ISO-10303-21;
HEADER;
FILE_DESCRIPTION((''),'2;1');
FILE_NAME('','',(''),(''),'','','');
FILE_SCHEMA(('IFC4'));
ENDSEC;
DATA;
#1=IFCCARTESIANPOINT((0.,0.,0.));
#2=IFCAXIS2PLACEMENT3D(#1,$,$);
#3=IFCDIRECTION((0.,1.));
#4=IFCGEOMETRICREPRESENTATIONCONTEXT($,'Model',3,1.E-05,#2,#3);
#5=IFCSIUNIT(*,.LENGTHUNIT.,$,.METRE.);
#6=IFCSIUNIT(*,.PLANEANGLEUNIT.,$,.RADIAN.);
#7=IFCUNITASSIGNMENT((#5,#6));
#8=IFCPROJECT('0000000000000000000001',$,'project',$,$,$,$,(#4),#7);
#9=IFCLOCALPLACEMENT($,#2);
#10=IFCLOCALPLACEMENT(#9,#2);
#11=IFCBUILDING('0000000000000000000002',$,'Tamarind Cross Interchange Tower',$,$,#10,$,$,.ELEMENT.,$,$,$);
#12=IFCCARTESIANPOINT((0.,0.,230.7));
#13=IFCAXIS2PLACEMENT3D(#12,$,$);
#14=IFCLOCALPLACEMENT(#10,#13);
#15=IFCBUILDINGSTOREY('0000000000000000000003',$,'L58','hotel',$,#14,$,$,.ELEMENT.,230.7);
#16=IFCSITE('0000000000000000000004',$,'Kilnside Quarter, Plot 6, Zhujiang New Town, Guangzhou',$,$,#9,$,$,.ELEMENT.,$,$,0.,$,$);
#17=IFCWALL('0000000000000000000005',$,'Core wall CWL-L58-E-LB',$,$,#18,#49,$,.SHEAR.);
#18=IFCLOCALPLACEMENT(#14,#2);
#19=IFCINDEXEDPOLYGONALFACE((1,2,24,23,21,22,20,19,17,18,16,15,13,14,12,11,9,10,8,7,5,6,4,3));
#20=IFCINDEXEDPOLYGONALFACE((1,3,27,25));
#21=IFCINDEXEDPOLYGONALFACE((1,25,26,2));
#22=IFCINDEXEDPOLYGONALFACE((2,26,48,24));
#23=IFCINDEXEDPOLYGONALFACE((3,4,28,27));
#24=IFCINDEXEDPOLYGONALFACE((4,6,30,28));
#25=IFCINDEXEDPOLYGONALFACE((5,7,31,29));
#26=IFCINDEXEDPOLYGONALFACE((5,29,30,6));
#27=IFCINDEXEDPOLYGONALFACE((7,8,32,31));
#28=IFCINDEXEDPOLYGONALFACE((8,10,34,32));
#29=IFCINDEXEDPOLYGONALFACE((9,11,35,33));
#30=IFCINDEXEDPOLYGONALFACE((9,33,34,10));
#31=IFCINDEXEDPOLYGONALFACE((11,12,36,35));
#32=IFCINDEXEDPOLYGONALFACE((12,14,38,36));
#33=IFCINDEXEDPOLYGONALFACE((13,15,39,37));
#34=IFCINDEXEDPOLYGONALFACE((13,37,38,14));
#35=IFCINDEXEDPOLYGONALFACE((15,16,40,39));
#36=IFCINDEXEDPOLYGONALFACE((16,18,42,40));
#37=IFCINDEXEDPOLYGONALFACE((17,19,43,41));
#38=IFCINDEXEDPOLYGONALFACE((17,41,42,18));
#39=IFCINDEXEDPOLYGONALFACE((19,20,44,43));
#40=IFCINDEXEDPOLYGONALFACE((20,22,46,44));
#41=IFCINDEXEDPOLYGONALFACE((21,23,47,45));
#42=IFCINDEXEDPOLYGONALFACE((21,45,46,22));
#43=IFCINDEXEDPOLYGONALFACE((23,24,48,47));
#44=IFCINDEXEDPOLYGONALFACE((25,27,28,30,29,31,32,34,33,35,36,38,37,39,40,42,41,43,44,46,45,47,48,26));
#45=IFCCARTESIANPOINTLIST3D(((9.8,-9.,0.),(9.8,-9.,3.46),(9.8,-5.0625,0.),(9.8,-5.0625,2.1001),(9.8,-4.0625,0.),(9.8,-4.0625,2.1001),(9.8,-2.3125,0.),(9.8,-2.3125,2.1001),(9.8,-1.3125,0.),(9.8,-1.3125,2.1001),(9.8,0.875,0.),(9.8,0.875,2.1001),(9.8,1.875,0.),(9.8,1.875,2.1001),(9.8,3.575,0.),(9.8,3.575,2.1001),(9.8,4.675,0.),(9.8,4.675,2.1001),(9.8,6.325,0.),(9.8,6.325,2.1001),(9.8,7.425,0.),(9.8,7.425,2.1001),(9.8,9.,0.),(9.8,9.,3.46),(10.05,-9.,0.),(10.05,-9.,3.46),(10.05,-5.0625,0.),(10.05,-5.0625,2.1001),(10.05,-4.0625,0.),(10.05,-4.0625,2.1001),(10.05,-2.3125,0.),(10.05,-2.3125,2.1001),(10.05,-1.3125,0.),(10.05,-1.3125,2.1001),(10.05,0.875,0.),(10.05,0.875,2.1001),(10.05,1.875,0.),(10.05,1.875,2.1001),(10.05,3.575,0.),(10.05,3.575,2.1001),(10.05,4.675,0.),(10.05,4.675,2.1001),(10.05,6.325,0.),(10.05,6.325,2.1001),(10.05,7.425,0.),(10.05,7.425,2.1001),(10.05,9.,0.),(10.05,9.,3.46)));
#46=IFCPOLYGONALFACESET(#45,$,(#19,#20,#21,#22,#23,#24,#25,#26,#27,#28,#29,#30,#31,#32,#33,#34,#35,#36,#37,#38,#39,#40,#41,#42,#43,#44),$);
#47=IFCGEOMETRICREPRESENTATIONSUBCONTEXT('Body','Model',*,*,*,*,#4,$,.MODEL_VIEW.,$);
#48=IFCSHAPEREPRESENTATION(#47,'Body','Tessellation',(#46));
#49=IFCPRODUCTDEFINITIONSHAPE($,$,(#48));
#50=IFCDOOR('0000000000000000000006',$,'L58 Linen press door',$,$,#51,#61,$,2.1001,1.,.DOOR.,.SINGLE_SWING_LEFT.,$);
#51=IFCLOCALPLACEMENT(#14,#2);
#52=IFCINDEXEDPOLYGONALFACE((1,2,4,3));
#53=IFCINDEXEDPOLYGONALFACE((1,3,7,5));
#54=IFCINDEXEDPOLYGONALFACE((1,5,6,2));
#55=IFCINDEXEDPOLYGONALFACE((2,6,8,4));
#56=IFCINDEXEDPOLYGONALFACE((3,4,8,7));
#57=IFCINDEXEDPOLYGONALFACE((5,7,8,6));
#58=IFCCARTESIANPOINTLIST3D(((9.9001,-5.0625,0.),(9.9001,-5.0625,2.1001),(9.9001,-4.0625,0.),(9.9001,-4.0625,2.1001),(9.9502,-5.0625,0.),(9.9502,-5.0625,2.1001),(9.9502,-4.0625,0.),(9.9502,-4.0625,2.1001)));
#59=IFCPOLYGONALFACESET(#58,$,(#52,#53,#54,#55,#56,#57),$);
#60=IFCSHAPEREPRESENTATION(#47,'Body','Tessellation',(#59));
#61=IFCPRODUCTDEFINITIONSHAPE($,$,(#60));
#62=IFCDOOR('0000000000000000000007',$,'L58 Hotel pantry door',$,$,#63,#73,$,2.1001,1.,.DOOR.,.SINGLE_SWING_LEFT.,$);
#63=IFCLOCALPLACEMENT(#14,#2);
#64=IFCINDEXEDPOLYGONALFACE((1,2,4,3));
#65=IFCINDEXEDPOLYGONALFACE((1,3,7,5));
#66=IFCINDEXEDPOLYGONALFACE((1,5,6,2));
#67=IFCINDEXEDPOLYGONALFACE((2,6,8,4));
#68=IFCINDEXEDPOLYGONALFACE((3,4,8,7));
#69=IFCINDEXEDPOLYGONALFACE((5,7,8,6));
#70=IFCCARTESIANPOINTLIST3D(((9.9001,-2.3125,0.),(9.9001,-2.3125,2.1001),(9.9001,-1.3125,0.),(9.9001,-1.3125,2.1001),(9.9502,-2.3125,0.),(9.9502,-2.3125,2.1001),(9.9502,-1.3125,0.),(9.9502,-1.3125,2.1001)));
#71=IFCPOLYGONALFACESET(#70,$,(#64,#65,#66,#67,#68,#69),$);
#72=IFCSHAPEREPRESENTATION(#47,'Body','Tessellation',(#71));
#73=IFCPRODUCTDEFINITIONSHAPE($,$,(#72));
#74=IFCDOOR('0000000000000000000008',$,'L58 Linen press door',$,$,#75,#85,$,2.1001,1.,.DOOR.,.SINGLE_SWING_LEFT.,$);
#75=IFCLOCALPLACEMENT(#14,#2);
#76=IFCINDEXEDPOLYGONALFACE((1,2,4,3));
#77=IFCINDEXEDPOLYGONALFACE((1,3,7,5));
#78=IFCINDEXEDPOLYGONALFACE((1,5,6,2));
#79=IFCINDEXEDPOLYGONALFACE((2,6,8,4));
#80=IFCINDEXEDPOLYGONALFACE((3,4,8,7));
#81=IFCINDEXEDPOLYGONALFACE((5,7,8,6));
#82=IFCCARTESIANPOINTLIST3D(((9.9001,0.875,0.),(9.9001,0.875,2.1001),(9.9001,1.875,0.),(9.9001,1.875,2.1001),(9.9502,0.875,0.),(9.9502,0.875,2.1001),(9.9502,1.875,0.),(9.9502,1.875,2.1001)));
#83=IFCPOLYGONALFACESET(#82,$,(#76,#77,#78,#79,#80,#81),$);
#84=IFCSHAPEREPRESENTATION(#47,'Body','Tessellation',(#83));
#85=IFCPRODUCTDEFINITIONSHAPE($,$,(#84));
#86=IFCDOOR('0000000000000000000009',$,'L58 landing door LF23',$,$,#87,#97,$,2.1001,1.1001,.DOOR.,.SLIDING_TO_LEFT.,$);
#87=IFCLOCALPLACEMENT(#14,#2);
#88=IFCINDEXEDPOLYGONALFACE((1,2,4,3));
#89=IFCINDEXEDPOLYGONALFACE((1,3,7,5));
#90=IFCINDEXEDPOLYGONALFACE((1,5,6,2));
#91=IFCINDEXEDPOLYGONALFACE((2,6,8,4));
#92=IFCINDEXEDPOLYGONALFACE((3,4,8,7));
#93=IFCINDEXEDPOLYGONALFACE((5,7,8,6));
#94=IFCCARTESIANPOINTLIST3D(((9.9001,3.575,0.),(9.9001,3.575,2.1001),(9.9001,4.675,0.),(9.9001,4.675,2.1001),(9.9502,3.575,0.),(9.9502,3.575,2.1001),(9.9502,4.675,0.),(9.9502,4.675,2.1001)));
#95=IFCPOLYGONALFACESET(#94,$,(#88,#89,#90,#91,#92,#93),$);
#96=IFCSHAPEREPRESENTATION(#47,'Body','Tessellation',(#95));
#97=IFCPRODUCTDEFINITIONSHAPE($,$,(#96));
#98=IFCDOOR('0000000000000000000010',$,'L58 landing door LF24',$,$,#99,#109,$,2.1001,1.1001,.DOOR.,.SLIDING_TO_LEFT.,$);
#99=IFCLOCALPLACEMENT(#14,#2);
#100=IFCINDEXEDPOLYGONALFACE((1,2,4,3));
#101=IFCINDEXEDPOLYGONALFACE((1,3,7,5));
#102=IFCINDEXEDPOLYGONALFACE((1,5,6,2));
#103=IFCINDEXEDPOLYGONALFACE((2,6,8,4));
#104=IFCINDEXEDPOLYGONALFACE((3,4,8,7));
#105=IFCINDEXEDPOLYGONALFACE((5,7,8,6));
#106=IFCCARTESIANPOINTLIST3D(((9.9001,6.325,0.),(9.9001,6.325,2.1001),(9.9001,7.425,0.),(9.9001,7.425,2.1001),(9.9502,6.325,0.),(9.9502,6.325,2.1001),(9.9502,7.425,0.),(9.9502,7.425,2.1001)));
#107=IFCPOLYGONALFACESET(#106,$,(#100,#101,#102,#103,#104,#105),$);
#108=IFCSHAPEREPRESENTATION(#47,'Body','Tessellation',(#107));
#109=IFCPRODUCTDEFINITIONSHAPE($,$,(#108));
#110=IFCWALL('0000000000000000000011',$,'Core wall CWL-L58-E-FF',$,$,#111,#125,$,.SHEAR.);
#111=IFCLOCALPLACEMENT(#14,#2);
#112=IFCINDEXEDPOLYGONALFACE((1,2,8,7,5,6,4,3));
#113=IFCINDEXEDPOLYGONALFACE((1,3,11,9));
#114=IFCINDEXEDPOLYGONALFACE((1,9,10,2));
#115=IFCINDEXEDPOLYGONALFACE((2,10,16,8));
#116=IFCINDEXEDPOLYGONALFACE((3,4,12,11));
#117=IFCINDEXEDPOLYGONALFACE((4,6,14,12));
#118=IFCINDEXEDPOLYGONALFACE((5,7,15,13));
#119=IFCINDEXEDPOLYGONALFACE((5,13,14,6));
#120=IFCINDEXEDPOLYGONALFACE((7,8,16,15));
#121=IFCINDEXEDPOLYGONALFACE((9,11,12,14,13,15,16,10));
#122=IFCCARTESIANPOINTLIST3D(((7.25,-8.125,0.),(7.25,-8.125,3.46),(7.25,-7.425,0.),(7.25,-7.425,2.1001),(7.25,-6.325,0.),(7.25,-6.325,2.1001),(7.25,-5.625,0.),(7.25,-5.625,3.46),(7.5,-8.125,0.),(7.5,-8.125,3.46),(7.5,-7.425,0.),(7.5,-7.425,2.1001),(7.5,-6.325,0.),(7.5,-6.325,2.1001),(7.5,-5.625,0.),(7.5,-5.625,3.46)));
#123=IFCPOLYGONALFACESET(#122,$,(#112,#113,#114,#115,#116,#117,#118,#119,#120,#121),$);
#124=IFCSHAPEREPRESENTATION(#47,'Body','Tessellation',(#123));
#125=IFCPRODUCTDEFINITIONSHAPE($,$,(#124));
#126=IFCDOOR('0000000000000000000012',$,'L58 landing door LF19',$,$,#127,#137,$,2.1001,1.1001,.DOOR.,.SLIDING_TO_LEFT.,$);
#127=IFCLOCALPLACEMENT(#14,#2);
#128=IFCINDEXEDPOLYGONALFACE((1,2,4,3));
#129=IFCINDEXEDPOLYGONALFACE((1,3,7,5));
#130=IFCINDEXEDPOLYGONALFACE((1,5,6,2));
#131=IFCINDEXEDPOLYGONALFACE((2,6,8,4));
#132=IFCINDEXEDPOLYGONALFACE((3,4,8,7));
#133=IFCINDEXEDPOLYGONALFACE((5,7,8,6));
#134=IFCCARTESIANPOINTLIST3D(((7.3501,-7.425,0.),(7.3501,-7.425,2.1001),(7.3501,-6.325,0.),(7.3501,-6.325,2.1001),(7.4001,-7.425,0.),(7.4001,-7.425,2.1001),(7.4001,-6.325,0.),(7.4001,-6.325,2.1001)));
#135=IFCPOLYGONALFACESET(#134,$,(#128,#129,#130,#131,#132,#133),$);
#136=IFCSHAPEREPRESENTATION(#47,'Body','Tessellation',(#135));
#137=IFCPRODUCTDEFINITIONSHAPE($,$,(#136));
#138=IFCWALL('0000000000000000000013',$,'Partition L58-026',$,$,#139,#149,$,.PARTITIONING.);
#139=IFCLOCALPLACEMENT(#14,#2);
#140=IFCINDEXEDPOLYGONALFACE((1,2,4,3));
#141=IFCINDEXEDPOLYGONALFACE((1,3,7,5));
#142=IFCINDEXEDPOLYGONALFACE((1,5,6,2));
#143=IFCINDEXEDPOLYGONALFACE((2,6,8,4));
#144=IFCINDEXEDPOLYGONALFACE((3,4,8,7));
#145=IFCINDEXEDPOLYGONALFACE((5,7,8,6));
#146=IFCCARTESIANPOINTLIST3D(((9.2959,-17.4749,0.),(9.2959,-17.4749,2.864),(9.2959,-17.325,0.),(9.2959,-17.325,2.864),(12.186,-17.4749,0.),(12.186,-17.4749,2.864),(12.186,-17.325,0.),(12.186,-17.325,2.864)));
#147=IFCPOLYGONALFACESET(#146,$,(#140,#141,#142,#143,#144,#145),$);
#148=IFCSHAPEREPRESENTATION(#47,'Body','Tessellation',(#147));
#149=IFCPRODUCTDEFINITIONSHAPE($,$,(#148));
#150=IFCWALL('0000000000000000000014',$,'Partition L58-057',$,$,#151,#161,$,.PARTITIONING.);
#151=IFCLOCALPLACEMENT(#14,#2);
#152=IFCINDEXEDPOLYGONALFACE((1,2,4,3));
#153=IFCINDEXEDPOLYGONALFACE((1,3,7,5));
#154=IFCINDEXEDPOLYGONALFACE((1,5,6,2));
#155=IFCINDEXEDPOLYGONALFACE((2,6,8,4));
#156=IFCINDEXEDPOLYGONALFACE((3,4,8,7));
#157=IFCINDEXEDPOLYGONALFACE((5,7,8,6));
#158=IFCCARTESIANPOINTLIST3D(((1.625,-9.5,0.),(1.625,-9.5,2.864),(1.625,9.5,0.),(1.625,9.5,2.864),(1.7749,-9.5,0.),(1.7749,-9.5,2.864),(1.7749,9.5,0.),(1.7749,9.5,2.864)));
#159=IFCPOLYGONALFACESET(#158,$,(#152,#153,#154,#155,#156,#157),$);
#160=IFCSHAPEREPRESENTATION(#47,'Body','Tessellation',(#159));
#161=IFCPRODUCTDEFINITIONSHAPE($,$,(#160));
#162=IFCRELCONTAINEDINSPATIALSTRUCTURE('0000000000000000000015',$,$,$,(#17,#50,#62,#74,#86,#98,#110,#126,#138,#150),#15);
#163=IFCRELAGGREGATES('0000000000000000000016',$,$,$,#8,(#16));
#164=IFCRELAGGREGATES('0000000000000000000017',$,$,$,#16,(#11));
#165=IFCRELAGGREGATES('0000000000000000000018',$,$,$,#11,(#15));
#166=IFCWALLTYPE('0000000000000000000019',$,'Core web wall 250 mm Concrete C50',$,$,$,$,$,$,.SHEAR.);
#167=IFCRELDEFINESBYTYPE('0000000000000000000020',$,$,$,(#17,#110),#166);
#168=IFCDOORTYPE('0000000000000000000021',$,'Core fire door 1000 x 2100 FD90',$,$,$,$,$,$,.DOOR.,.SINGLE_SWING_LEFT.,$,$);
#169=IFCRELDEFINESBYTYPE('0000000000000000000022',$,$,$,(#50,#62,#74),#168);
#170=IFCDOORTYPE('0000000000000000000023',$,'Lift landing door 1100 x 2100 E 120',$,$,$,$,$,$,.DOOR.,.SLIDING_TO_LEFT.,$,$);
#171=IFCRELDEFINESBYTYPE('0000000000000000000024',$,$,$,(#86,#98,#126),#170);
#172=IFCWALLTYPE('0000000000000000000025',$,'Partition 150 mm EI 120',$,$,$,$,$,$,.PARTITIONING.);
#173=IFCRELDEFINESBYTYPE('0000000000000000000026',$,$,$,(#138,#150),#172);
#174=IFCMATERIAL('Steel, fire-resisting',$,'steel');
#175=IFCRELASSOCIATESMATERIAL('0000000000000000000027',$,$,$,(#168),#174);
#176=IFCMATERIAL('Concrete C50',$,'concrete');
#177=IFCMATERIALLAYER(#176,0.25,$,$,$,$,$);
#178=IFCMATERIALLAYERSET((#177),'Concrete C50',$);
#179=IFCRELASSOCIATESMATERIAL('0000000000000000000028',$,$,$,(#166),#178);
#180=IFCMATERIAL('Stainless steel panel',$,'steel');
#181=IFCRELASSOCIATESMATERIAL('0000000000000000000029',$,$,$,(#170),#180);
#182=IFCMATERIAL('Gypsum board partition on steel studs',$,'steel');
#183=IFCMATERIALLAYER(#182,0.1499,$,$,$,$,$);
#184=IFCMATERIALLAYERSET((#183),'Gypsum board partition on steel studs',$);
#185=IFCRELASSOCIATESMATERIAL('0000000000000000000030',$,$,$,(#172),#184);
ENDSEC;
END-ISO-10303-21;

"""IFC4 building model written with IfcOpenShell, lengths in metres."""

from ifc_helpers import new_model, si_unit, direction, frame, frame_2d, origin, place, context, subcontext, project, spatial, rectangle, extrude, material, layer, layer_set, type_object, element, fill, save


model = new_model("IFC4")

# Units and contexts
model_context = context("Model", 3, precision=1e-05, world=origin(), true_north=direction((0.0, 1.0)))
body_context = subcontext(model_context, "Body", "Model", "MODEL_VIEW")
ifc_project = project(units=[si_unit("LENGTHUNIT", "METRE"), si_unit("PLANEANGLEUNIT", "RADIAN")], contexts=[model_context])

# Site, building, storey
site_placement = place(None, origin())
site = spatial("IfcSite", under=ifc_project, at=site_placement, Name="Kilnside Quarter, Plot 6, Zhujiang New Town, Guangzhou", CompositionType="ELEMENT", RefElevation=0.0)
building_placement = place(site_placement, origin())
building = spatial("IfcBuilding", under=site, at=building_placement, Name="Tamarind Cross Interchange Tower", CompositionType="ELEMENT")
storey_placement = place(building_placement, frame((0.0, 0.0, 230.7)))
storey = spatial("IfcBuildingStorey", under=building, at=storey_placement, Name="L58", Description="hotel", CompositionType="ELEMENT", Elevation=230.7)

# Shared definitions
ifc_material_1 = material(Name="Concrete C50", Category="concrete")
ifc_material_2 = material(Name="Steel, fire-resisting", Category="steel")
door_type_1 = type_object("IfcDoorType", Name="Core fire door 1000 x 2100 FD90", OperationType="SINGLE_SWING_LEFT", PredefinedType="DOOR", material=ifc_material_2)

# Shared definitions
ifc_layer_1 = layer(ifc_material_1, 0.25)
ifc_layer_set_1 = layer_set([ifc_layer_1], Name="Concrete C50")
wall_type_1 = type_object("IfcWallType", Name="Core web wall 250 mm Concrete C50", PredefinedType="SHEAR", material=ifc_layer_set_1)

# Wall, openings, doors
wall_1_placement = place(storey_placement, frame((9.925, -9.0, 0.0), z_axis=(0.0, 0.0, 1.0), x_axis=(0.0, 1.0, 0.0)))
wall_1 = element("IfcWall", 1, at=wall_1_placement, inside=storey, type_object=wall_type_1, Name="Core wall CWL-L58-E-LB", PredefinedType="SHEAR", context=body_context, shape_type="SweptSolid", body=[
    extrude(rectangle(XDim=18.0, YDim=0.25, at=frame_2d((9.0, 0.0))), origin(), (0.0, 0.0, 1.0), 3.46),
])
opening_1_placement = place(wall_1_placement, frame((12.575, 0.0, 0.0)))
opening_1 = element("IfcOpeningElement", 2, at=opening_1_placement, cuts=wall_1, PredefinedType="OPENING", context=body_context, shape_type="SweptSolid", body=[
    extrude(rectangle(XDim=1.1001, YDim=2.1001, at=frame_2d((0.55, 1.05))), frame((0.0, 0.135, 0.0), z_axis=(0.0, -1.0, 0.0), x_axis=(1.0, 0.0, 0.0)), (0.0, 0.0, 1.0), 0.27),
])
opening_2_placement = place(wall_1_placement, frame((15.325, 0.0, 0.0)))
opening_2 = element("IfcOpeningElement", 3, at=opening_2_placement, cuts=wall_1, PredefinedType="OPENING", context=body_context, shape_type="SweptSolid", body=[
    extrude(rectangle(XDim=1.1001, YDim=2.1001, at=frame_2d((0.55, 1.05))), frame((0.0, 0.135, 0.0), z_axis=(0.0, -1.0, 0.0), x_axis=(1.0, 0.0, 0.0)), (0.0, 0.0, 1.0), 0.27),
])
opening_3_placement = place(wall_1_placement, frame((3.9375, 0.0, 0.0)))
opening_3 = element("IfcOpeningElement", 4, at=opening_3_placement, cuts=wall_1, PredefinedType="OPENING", context=body_context, shape_type="SweptSolid", body=[
    extrude(rectangle(XDim=1.0, YDim=2.1001, at=frame_2d((0.5, 1.05))), frame((0.0, 0.135, 0.0), z_axis=(0.0, -1.0, 0.0), x_axis=(1.0, 0.0, 0.0)), (0.0, 0.0, 1.0), 0.27),
])
opening_4_placement = place(wall_1_placement, frame((6.6875, 0.0, 0.0)))
opening_4 = element("IfcOpeningElement", 5, at=opening_4_placement, cuts=wall_1, PredefinedType="OPENING", context=body_context, shape_type="SweptSolid", body=[
    extrude(rectangle(XDim=1.0, YDim=2.1001, at=frame_2d((0.5, 1.05))), frame((0.0, 0.135, 0.0), z_axis=(0.0, -1.0, 0.0), x_axis=(1.0, 0.0, 0.0)), (0.0, 0.0, 1.0), 0.27),
])
opening_5_placement = place(wall_1_placement, frame((9.875, 0.0, 0.0)))
opening_5 = element("IfcOpeningElement", 6, at=opening_5_placement, cuts=wall_1, PredefinedType="OPENING", context=body_context, shape_type="SweptSolid", body=[
    extrude(rectangle(XDim=1.0, YDim=2.1001, at=frame_2d((0.5, 1.05))), frame((0.0, 0.135, 0.0), z_axis=(0.0, -1.0, 0.0), x_axis=(1.0, 0.0, 0.0)), (0.0, 0.0, 1.0), 0.27),
])
door_1_placement = place(opening_3_placement, origin())
door_1 = element("IfcDoor", 7, at=door_1_placement, inside=storey, type_object=door_type_1, Name="L58 Linen press door", OperationType="SINGLE_SWING_LEFT", OverallHeight=2.1001, OverallWidth=1.0, PredefinedType="DOOR", context=body_context, shape_type="SweptSolid", body=[
    extrude(rectangle(XDim=1.0, YDim=2.1001, at=frame_2d((0.5, 1.05))), frame((0.0, 0.0249, 0.0), z_axis=(0.0, -1.0, 0.0), x_axis=(1.0, 0.0, 0.0)), (0.0, 0.0, 1.0), 0.05),
])
fill(opening_3, door_1)
door_2_placement = place(opening_4_placement, origin())
door_2 = element("IfcDoor", 8, at=door_2_placement, inside=storey, type_object=door_type_1, Name="L58 Hotel pantry door", OperationType="SINGLE_SWING_LEFT", OverallHeight=2.1001, OverallWidth=1.0, PredefinedType="DOOR", context=body_context, shape_type="SweptSolid", body=[
    extrude(rectangle(XDim=1.0, YDim=2.1001, at=frame_2d((0.5, 1.05))), frame((0.0, 0.0249, 0.0), z_axis=(0.0, -1.0, 0.0), x_axis=(1.0, 0.0, 0.0)), (0.0, 0.0, 1.0), 0.05),
])
fill(opening_4, door_2)
door_3_placement = place(opening_5_placement, origin())
door_3 = element("IfcDoor", 9, at=door_3_placement, inside=storey, type_object=door_type_1, Name="L58 Linen press door", OperationType="SINGLE_SWING_LEFT", OverallHeight=2.1001, OverallWidth=1.0, PredefinedType="DOOR", context=body_context, shape_type="SweptSolid", body=[
    extrude(rectangle(XDim=1.0, YDim=2.1001, at=frame_2d((0.5, 1.05))), frame((0.0, 0.0249, 0.0), z_axis=(0.0, -1.0, 0.0), x_axis=(1.0, 0.0, 0.0)), (0.0, 0.0, 1.0), 0.05),
])
fill(opening_5, door_3)
ifc_material_3 = material(Name="Stainless steel panel", Category="steel")
door_type_2 = type_object("IfcDoorType", Name="Lift landing door 1100 x 2100 E 120", OperationType="SLIDING_TO_LEFT", PredefinedType="DOOR", material=ifc_material_3)
door_4_placement = place(opening_1_placement, origin())
door_4 = element("IfcDoor", 10, at=door_4_placement, inside=storey, type_object=door_type_2, Name="L58 landing door LF23", OperationType="SLIDING_TO_LEFT", OverallHeight=2.1001, OverallWidth=1.1001, PredefinedType="DOOR", context=body_context, shape_type="SweptSolid", body=[
    extrude(rectangle(XDim=1.1001, YDim=2.1001, at=frame_2d((0.55, 1.05))), frame((0.0, 0.0249, 0.0), z_axis=(0.0, -1.0, 0.0), x_axis=(1.0, 0.0, 0.0)), (0.0, 0.0, 1.0), 0.05),
])
fill(opening_1, door_4)
door_5_placement = place(opening_2_placement, origin())
door_5 = element("IfcDoor", 11, at=door_5_placement, inside=storey, type_object=door_type_2, Name="L58 landing door LF24", OperationType="SLIDING_TO_LEFT", OverallHeight=2.1001, OverallWidth=1.1001, PredefinedType="DOOR", context=body_context, shape_type="SweptSolid", body=[
    extrude(rectangle(XDim=1.1001, YDim=2.1001, at=frame_2d((0.55, 1.05))), frame((0.0, 0.0249, 0.0), z_axis=(0.0, -1.0, 0.0), x_axis=(1.0, 0.0, 0.0)), (0.0, 0.0, 1.0), 0.05),
])
fill(opening_2, door_5)

# Wall, opening, door
wall_2_placement = place(storey_placement, frame((7.375, -8.125, 0.0), z_axis=(0.0, 0.0, 1.0), x_axis=(0.0, 1.0, 0.0)))
wall_2 = element("IfcWall", 12, at=wall_2_placement, inside=storey, type_object=wall_type_1, Name="Core wall CWL-L58-E-FF", PredefinedType="SHEAR", context=body_context, shape_type="SweptSolid", body=[
    extrude(rectangle(XDim=2.5, YDim=0.25, at=frame_2d((1.25, 0.0))), origin(), (0.0, 0.0, 1.0), 3.46),
])
opening_6_placement = place(wall_2_placement, frame((0.7, 0.0, 0.0)))
opening_6 = element("IfcOpeningElement", 13, at=opening_6_placement, cuts=wall_2, PredefinedType="OPENING", context=body_context, shape_type="SweptSolid", body=[
    extrude(rectangle(XDim=1.1001, YDim=2.1001, at=frame_2d((0.55, 1.05))), frame((0.0, 0.135, 0.0), z_axis=(0.0, -1.0, 0.0), x_axis=(1.0, 0.0, 0.0)), (0.0, 0.0, 1.0), 0.27),
])
door_6_placement = place(opening_6_placement, origin())
door_6 = element("IfcDoor", 14, at=door_6_placement, inside=storey, type_object=door_type_2, Name="L58 landing door LF19", OperationType="SLIDING_TO_LEFT", OverallHeight=2.1001, OverallWidth=1.1001, PredefinedType="DOOR", context=body_context, shape_type="SweptSolid", body=[
    extrude(rectangle(XDim=1.1001, YDim=2.1001, at=frame_2d((0.55, 1.05))), frame((0.0, 0.0249, 0.0), z_axis=(0.0, -1.0, 0.0), x_axis=(1.0, 0.0, 0.0)), (0.0, 0.0, 1.0), 0.05),
])
fill(opening_6, door_6)

# Walls
ifc_material_4 = material(Name="Gypsum board partition on steel studs", Category="steel")
ifc_layer_2 = layer(ifc_material_4, 0.1499)
ifc_layer_set_2 = layer_set([ifc_layer_2], Name="Gypsum board partition on steel studs")
wall_type_2 = type_object("IfcWallType", Name="Partition 150 mm EI 120", PredefinedType="PARTITIONING", material=ifc_layer_set_2)
wall_3_placement = place(storey_placement, frame((9.2959, -17.3999, 0.0), z_axis=(0.0, 0.0, 1.0), x_axis=(1.0, 0.0, 0.0)))
element("IfcWall", 15, at=wall_3_placement, inside=storey, type_object=wall_type_2, Name="Partition L58-026", PredefinedType="PARTITIONING", context=body_context, shape_type="SweptSolid", body=[
    extrude(rectangle(XDim=2.8901, YDim=0.1499, at=frame_2d((1.4451, 0.0))), origin(), (0.0, 0.0, 1.0), 2.864),
])
wall_4_placement = place(storey_placement, frame((1.7, -9.5, 0.0), z_axis=(0.0, 0.0, 1.0), x_axis=(0.0, 1.0, 0.0)))
element("IfcWall", 16, at=wall_4_placement, inside=storey, type_object=wall_type_2, Name="Partition L58-057", PredefinedType="PARTITIONING", context=body_context, shape_type="SweptSolid", body=[
    extrude(rectangle(XDim=19.0, YDim=0.1499, at=frame_2d((9.5, 0.0))), origin(), (0.0, 0.0, 1.0), 2.864),
])

save(model, "model.ifc")
